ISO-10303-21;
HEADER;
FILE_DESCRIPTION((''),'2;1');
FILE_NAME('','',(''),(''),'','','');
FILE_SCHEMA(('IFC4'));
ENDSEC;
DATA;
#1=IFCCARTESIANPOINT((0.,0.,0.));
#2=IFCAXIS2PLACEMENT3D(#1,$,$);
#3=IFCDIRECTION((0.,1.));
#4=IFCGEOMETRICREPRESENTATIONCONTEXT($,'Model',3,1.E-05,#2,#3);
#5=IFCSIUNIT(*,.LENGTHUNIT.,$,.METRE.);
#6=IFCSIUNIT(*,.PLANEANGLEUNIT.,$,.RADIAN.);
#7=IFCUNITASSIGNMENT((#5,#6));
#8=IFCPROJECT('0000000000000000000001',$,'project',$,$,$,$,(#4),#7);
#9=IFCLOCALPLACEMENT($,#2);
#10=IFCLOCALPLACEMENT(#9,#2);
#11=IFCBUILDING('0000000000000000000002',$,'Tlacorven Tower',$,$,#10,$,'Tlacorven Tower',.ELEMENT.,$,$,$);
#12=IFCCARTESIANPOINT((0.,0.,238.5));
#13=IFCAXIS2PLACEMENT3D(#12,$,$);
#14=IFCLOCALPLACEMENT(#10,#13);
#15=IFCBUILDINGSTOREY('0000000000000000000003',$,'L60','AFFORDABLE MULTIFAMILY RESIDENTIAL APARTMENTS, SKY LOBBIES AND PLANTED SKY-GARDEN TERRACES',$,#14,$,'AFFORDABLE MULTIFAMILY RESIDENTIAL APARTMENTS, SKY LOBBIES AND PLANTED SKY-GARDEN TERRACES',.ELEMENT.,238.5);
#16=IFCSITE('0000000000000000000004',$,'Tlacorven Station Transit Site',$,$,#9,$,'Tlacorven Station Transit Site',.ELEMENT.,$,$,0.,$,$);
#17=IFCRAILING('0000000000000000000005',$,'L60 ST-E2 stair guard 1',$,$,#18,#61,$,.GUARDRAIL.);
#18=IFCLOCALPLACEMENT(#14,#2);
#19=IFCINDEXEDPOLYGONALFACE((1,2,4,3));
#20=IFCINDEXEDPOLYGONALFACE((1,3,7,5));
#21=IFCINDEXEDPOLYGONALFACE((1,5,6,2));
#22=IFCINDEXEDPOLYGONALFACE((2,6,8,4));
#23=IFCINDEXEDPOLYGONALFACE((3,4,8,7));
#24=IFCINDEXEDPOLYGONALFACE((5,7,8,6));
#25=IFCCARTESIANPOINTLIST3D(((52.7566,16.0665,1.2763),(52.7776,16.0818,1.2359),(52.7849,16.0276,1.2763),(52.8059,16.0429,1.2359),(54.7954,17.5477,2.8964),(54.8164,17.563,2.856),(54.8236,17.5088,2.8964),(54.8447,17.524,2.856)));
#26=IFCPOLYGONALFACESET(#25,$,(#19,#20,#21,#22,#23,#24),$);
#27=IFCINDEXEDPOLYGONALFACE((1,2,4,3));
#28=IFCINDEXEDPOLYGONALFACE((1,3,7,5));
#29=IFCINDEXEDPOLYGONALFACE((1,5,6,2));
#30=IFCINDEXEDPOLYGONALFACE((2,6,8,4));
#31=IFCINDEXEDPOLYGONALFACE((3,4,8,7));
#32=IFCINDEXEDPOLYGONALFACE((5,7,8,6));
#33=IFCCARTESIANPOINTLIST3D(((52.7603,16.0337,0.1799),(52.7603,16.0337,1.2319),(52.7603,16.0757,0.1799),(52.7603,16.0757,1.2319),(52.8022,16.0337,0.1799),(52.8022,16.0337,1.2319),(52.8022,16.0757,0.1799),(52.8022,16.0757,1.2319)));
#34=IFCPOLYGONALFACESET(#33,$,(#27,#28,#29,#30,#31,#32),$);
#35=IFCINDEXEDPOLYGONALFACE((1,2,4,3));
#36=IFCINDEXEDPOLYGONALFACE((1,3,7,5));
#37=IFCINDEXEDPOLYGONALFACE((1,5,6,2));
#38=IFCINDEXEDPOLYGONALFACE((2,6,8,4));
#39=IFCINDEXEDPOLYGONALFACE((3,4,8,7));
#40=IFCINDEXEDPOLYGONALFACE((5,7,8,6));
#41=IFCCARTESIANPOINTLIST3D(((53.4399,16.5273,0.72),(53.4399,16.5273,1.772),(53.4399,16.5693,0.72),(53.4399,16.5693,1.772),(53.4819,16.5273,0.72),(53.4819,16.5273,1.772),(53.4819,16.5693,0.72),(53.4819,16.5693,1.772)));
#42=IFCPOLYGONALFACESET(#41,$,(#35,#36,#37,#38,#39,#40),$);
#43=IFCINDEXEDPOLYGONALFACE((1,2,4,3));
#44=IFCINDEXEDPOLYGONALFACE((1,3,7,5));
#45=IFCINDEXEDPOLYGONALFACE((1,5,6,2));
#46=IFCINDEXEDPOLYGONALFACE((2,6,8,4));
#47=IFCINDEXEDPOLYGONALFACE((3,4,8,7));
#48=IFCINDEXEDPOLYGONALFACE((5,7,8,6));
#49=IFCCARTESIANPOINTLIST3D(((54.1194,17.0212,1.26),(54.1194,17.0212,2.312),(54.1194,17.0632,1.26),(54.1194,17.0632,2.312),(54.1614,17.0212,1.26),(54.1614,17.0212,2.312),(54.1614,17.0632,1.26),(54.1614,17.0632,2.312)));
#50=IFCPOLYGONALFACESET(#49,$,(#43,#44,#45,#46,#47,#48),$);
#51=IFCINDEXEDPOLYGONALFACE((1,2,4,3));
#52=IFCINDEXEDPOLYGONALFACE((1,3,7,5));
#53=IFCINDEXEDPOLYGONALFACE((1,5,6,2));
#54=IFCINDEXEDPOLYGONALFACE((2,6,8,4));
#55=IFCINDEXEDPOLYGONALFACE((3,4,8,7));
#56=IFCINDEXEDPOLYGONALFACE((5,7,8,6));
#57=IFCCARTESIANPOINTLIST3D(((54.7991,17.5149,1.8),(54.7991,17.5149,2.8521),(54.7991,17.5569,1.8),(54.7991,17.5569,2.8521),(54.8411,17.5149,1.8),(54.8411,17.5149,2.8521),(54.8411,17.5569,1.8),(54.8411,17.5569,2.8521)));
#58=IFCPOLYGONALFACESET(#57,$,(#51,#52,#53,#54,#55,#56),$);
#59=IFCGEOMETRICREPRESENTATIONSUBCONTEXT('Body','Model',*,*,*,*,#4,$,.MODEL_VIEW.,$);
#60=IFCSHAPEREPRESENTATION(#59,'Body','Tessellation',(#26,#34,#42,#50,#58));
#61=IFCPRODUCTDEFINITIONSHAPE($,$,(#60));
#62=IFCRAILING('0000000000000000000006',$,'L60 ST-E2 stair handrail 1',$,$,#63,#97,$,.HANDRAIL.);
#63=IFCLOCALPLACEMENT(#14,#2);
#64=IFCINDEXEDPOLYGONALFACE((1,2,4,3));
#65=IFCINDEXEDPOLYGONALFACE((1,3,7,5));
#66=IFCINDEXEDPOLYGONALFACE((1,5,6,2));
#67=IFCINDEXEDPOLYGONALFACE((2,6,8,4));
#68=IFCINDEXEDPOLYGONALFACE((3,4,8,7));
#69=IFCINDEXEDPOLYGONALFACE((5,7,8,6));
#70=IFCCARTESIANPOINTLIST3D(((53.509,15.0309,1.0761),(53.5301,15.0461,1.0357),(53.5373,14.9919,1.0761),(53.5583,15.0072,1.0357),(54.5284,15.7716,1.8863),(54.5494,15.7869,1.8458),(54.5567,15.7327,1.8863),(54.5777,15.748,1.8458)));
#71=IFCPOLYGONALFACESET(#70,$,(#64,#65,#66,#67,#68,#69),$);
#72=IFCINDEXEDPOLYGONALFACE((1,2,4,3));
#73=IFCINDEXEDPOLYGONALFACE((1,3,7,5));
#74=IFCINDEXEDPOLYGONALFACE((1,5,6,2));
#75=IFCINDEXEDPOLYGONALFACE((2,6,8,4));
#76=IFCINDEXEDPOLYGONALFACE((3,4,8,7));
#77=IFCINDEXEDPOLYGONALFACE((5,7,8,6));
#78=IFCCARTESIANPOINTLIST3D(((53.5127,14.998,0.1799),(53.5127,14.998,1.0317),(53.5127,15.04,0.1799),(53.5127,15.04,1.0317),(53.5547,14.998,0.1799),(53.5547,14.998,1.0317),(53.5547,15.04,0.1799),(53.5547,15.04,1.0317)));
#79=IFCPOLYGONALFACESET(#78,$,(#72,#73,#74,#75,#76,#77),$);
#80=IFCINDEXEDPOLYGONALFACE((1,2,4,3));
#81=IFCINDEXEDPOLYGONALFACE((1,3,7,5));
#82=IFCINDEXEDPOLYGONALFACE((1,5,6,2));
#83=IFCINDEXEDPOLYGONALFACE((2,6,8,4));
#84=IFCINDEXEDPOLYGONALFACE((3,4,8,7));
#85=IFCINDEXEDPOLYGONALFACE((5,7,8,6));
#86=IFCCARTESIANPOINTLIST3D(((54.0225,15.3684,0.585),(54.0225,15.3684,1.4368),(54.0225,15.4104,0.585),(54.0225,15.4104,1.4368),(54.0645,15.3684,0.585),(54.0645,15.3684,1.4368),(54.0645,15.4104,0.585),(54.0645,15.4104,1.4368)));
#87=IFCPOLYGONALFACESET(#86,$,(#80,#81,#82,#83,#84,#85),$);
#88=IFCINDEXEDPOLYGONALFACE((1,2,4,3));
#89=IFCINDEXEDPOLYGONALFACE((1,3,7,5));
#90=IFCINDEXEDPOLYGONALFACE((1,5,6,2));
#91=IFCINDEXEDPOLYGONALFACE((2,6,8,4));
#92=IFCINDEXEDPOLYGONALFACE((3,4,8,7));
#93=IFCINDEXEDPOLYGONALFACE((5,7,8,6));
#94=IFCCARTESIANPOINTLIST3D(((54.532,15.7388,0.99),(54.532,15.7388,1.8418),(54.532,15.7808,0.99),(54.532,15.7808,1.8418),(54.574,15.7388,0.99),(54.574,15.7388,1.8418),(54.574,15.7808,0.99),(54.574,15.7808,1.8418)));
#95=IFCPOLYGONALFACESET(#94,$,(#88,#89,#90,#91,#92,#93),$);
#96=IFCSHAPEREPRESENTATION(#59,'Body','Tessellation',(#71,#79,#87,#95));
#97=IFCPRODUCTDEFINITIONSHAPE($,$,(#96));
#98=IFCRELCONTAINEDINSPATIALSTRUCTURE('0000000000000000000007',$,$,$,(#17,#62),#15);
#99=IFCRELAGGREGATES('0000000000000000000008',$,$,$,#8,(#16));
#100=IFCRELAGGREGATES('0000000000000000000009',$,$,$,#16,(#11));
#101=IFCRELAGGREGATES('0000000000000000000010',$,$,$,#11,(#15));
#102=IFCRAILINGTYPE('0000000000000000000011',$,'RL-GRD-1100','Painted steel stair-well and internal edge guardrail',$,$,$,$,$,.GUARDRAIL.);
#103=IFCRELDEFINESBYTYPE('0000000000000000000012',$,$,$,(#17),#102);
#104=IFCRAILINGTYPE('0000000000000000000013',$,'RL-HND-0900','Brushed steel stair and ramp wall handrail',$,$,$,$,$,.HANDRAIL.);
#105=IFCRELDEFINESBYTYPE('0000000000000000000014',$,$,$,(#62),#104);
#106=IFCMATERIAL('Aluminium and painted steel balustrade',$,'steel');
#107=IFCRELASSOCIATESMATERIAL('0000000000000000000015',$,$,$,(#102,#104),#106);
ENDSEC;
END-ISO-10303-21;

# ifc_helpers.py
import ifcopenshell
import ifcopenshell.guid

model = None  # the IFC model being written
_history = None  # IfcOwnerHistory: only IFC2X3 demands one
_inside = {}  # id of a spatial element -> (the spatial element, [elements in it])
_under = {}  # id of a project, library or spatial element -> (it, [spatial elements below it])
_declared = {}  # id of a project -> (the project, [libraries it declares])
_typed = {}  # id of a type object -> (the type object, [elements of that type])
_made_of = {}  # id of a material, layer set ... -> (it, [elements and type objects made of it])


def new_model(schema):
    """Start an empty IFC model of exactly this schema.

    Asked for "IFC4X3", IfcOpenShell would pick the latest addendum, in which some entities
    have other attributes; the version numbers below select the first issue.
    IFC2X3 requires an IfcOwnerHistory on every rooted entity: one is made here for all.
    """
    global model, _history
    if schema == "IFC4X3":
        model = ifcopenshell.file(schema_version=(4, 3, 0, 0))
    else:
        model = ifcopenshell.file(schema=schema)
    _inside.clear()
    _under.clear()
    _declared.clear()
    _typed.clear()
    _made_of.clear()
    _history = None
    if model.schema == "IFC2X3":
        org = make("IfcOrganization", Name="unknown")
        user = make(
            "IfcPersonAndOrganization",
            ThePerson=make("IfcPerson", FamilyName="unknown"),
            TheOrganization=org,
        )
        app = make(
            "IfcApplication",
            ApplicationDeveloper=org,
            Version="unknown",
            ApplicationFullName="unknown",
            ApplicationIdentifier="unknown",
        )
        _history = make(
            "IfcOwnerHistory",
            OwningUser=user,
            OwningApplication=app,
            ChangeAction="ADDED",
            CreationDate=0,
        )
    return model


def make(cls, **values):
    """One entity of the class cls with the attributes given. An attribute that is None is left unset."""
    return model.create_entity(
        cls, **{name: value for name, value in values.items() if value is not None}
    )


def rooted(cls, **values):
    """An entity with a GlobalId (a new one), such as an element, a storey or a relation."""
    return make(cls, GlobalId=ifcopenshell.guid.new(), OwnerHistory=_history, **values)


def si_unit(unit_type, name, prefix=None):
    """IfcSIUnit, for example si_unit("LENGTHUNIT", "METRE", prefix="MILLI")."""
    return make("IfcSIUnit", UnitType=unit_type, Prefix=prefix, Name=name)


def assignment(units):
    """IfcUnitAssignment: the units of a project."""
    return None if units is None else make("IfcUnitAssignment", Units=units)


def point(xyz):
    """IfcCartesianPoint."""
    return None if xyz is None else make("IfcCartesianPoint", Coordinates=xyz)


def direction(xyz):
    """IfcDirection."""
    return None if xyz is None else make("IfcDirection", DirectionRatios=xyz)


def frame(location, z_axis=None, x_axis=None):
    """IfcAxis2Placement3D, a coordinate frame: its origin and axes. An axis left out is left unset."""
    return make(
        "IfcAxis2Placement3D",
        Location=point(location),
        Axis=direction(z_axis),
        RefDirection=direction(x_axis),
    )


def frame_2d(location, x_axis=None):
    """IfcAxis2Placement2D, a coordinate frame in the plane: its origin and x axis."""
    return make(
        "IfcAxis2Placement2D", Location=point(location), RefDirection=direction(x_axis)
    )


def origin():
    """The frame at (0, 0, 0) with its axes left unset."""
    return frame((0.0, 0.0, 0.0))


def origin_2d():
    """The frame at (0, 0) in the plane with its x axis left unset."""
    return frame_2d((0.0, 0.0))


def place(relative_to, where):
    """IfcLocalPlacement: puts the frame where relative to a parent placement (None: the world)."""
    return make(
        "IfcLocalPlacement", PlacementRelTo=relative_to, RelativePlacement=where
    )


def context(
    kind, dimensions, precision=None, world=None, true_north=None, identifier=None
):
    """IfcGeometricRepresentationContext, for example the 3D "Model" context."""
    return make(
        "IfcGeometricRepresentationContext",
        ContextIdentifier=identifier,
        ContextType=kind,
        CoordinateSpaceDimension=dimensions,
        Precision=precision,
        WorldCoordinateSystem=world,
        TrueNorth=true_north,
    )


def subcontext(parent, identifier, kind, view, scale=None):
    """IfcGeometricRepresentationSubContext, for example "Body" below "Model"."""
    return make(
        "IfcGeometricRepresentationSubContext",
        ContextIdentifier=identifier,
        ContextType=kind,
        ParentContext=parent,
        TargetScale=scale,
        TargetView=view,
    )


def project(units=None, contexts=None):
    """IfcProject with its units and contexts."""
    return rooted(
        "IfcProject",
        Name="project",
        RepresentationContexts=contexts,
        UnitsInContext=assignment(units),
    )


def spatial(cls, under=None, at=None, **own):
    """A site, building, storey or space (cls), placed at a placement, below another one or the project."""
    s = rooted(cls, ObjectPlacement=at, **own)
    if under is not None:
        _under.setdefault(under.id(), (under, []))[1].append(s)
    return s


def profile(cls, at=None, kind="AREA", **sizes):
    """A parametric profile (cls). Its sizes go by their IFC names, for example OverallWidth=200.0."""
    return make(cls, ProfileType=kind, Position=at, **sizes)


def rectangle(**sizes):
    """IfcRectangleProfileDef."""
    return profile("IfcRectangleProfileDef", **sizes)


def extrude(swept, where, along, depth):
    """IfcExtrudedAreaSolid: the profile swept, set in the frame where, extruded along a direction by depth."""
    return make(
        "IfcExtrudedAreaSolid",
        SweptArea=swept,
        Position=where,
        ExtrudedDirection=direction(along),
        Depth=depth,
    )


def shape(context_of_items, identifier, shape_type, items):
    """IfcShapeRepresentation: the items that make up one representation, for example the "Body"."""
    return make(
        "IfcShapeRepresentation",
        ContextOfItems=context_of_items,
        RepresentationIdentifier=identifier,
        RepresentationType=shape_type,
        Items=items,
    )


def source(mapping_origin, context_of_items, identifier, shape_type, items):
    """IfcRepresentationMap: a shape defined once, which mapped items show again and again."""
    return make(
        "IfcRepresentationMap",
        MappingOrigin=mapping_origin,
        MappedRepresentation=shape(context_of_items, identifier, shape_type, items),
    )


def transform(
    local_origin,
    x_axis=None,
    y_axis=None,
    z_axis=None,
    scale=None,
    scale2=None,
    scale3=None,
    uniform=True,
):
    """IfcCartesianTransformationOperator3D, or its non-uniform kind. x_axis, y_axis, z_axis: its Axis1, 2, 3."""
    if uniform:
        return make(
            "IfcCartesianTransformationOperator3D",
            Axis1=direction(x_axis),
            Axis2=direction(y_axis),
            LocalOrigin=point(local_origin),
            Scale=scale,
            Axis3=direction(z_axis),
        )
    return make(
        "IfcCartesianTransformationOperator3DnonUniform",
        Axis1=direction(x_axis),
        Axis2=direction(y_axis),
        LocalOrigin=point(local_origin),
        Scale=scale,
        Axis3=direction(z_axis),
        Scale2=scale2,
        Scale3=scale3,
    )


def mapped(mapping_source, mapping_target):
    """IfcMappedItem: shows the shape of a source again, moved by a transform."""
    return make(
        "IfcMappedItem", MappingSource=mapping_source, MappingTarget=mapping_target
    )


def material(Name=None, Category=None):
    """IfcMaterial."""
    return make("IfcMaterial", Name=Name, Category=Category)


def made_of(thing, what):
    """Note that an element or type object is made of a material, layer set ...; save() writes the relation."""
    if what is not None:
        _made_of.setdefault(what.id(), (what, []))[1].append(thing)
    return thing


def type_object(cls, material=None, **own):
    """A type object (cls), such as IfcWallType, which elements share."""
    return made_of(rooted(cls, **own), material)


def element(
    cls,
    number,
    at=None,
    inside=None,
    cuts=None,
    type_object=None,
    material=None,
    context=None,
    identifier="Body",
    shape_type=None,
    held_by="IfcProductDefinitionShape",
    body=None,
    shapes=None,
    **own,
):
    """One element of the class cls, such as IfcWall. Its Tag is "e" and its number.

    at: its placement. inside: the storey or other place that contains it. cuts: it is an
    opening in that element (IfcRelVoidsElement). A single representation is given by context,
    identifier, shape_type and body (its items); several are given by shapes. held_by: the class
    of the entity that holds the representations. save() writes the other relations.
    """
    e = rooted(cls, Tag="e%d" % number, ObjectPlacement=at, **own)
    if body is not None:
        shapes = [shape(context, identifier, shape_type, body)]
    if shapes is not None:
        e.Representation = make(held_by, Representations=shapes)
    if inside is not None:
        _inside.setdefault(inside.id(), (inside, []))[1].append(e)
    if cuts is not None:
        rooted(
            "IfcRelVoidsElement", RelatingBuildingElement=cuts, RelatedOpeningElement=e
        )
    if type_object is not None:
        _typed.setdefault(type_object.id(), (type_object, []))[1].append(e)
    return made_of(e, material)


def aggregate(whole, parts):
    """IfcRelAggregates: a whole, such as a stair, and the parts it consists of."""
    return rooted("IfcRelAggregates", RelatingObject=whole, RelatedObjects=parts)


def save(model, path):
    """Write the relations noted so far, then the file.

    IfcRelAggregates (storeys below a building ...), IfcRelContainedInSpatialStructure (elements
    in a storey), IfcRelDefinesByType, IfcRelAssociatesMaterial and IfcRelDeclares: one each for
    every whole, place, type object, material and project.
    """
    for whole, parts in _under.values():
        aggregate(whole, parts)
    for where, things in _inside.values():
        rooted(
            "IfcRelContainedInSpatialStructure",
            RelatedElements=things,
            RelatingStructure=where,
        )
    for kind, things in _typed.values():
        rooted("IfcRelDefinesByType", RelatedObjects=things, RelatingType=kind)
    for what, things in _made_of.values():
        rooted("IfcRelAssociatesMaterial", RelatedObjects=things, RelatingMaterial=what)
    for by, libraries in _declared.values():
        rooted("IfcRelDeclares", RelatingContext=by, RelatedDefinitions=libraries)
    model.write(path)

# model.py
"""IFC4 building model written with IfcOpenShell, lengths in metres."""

from ifc_helpers import new_model, si_unit, direction, frame, origin, origin_2d, place, context, subcontext, project, spatial, rectangle, extrude, source, transform, mapped, material, type_object, element, save


model = new_model("IFC4")

# Units and contexts
model_context = context("Model", 3, precision=1e-05, world=origin(), true_north=direction((0.0, 1.0)))
body_context = subcontext(model_context, "Body", "Model", "MODEL_VIEW")
ifc_project = project(units=[si_unit("LENGTHUNIT", "METRE"), si_unit("PLANEANGLEUNIT", "RADIAN")], contexts=[model_context])

# Site, building, storey
site_placement = place(None, origin())
site = spatial("IfcSite", under=ifc_project, at=site_placement, Name="Tlacorven Station Transit Site", LongName="Tlacorven Station Transit Site", CompositionType="ELEMENT", RefElevation=0.0)
building_placement = place(site_placement, origin())
building = spatial("IfcBuilding", under=site, at=building_placement, Name="Tlacorven Tower", LongName="Tlacorven Tower", CompositionType="ELEMENT")
storey_placement = place(building_placement, frame((0.0, 0.0, 238.5)))
storey = spatial("IfcBuildingStorey", under=building, at=storey_placement, Name="L60", Description="AFFORDABLE MULTIFAMILY RESIDENTIAL APARTMENTS, SKY LOBBIES AND PLANTED SKY-GARDEN TERRACES", LongName="AFFORDABLE MULTIFAMILY RESIDENTIAL APARTMENTS, SKY LOBBIES AND PLANTED SKY-GARDEN TERRACES", CompositionType="ELEMENT", Elevation=238.5)

# Railings
ifc_material_1 = material(Name="Aluminium and painted steel balustrade", Category="steel")
railing_type_1 = type_object("IfcRailingType", Name="RL-GRD-1100", Description="Painted steel stair-well and internal edge guardrail", PredefinedType="GUARDRAIL", material=ifc_material_1)
railing_type_2 = type_object("IfcRailingType", Name="RL-HND-0900", Description="Brushed steel stair and ramp wall handrail", PredefinedType="HANDRAIL", material=ifc_material_1)
shared_shape_1 = source(origin(), body_context, "Body", "SweptSolid", [
    extrude(rectangle(XDim=0.0481, YDim=0.0481, at=origin_2d()), frame((0.0, 0.0, 1.0762), z_axis=(0.680532, 0.494407, 0.540775), x_axis=(-0.587763, 0.809033, 0.0)), (0.0, 0.0, 1.0), 2.9958),
    extrude(rectangle(XDim=0.042, YDim=0.042, at=origin_2d()), origin(), (0.0, 0.0, 1.0), 1.052),
    extrude(rectangle(XDim=0.042, YDim=0.042, at=origin_2d()), frame((0.6797, 0.4937, 0.54)), (0.0, 0.0, 1.0), 1.052),
    extrude(rectangle(XDim=0.042, YDim=0.042, at=origin_2d()), frame((1.3591, 0.9875, 1.0801)), (0.0, 0.0, 1.0), 1.052),
    extrude(rectangle(XDim=0.042, YDim=0.042, at=origin_2d()), frame((2.0388, 1.4812, 1.6201)), (0.0, 0.0, 1.0), 1.052),
])
railing_1_placement = place(storey_placement, frame((52.7812, 16.0547, 0.1799)))
element("IfcRailing", 1, at=railing_1_placement, inside=storey, type_object=railing_type_1, Name="L60 ST-E2 stair guard 1", PredefinedType="GUARDRAIL", context=body_context, shape_type="MappedRepresentation", body=[
    mapped(shared_shape_1, transform((0.0, 0.0, 0.0), scale=1.0)),
])
shared_shape_2 = source(origin(), body_context, "Body", "SweptSolid", [
    extrude(rectangle(XDim=0.0481, YDim=0.0481, at=origin_2d()), frame((0.0, 0.0, 0.876), z_axis=(0.680461, 0.494496, 0.540783), x_axis=(-0.587872, 0.808954, 0.0)), (0.0, 0.0, 1.0), 1.498),
    extrude(rectangle(XDim=0.042, YDim=0.042, at=origin_2d()), origin(), (0.0, 0.0, 1.0), 0.8518),
    extrude(rectangle(XDim=0.042, YDim=0.042, at=origin_2d()), frame((0.5098, 0.3704, 0.405)), (0.0, 0.0, 1.0), 0.8518),
    extrude(rectangle(XDim=0.042, YDim=0.042, at=origin_2d()), frame((1.0193, 0.7407, 0.8101)), (0.0, 0.0, 1.0), 0.8518),
])
railing_2_placement = place(storey_placement, frame((53.5337, 15.019, 0.1799)))
element("IfcRailing", 2, at=railing_2_placement, inside=storey, type_object=railing_type_2, Name="L60 ST-E2 stair handrail 1", PredefinedType="HANDRAIL", context=body_context, shape_type="MappedRepresentation", body=[
    mapped(shared_shape_2, transform((0.0, 0.0, 0.0), scale=1.0)),
])

save(model, "model.ifc")
